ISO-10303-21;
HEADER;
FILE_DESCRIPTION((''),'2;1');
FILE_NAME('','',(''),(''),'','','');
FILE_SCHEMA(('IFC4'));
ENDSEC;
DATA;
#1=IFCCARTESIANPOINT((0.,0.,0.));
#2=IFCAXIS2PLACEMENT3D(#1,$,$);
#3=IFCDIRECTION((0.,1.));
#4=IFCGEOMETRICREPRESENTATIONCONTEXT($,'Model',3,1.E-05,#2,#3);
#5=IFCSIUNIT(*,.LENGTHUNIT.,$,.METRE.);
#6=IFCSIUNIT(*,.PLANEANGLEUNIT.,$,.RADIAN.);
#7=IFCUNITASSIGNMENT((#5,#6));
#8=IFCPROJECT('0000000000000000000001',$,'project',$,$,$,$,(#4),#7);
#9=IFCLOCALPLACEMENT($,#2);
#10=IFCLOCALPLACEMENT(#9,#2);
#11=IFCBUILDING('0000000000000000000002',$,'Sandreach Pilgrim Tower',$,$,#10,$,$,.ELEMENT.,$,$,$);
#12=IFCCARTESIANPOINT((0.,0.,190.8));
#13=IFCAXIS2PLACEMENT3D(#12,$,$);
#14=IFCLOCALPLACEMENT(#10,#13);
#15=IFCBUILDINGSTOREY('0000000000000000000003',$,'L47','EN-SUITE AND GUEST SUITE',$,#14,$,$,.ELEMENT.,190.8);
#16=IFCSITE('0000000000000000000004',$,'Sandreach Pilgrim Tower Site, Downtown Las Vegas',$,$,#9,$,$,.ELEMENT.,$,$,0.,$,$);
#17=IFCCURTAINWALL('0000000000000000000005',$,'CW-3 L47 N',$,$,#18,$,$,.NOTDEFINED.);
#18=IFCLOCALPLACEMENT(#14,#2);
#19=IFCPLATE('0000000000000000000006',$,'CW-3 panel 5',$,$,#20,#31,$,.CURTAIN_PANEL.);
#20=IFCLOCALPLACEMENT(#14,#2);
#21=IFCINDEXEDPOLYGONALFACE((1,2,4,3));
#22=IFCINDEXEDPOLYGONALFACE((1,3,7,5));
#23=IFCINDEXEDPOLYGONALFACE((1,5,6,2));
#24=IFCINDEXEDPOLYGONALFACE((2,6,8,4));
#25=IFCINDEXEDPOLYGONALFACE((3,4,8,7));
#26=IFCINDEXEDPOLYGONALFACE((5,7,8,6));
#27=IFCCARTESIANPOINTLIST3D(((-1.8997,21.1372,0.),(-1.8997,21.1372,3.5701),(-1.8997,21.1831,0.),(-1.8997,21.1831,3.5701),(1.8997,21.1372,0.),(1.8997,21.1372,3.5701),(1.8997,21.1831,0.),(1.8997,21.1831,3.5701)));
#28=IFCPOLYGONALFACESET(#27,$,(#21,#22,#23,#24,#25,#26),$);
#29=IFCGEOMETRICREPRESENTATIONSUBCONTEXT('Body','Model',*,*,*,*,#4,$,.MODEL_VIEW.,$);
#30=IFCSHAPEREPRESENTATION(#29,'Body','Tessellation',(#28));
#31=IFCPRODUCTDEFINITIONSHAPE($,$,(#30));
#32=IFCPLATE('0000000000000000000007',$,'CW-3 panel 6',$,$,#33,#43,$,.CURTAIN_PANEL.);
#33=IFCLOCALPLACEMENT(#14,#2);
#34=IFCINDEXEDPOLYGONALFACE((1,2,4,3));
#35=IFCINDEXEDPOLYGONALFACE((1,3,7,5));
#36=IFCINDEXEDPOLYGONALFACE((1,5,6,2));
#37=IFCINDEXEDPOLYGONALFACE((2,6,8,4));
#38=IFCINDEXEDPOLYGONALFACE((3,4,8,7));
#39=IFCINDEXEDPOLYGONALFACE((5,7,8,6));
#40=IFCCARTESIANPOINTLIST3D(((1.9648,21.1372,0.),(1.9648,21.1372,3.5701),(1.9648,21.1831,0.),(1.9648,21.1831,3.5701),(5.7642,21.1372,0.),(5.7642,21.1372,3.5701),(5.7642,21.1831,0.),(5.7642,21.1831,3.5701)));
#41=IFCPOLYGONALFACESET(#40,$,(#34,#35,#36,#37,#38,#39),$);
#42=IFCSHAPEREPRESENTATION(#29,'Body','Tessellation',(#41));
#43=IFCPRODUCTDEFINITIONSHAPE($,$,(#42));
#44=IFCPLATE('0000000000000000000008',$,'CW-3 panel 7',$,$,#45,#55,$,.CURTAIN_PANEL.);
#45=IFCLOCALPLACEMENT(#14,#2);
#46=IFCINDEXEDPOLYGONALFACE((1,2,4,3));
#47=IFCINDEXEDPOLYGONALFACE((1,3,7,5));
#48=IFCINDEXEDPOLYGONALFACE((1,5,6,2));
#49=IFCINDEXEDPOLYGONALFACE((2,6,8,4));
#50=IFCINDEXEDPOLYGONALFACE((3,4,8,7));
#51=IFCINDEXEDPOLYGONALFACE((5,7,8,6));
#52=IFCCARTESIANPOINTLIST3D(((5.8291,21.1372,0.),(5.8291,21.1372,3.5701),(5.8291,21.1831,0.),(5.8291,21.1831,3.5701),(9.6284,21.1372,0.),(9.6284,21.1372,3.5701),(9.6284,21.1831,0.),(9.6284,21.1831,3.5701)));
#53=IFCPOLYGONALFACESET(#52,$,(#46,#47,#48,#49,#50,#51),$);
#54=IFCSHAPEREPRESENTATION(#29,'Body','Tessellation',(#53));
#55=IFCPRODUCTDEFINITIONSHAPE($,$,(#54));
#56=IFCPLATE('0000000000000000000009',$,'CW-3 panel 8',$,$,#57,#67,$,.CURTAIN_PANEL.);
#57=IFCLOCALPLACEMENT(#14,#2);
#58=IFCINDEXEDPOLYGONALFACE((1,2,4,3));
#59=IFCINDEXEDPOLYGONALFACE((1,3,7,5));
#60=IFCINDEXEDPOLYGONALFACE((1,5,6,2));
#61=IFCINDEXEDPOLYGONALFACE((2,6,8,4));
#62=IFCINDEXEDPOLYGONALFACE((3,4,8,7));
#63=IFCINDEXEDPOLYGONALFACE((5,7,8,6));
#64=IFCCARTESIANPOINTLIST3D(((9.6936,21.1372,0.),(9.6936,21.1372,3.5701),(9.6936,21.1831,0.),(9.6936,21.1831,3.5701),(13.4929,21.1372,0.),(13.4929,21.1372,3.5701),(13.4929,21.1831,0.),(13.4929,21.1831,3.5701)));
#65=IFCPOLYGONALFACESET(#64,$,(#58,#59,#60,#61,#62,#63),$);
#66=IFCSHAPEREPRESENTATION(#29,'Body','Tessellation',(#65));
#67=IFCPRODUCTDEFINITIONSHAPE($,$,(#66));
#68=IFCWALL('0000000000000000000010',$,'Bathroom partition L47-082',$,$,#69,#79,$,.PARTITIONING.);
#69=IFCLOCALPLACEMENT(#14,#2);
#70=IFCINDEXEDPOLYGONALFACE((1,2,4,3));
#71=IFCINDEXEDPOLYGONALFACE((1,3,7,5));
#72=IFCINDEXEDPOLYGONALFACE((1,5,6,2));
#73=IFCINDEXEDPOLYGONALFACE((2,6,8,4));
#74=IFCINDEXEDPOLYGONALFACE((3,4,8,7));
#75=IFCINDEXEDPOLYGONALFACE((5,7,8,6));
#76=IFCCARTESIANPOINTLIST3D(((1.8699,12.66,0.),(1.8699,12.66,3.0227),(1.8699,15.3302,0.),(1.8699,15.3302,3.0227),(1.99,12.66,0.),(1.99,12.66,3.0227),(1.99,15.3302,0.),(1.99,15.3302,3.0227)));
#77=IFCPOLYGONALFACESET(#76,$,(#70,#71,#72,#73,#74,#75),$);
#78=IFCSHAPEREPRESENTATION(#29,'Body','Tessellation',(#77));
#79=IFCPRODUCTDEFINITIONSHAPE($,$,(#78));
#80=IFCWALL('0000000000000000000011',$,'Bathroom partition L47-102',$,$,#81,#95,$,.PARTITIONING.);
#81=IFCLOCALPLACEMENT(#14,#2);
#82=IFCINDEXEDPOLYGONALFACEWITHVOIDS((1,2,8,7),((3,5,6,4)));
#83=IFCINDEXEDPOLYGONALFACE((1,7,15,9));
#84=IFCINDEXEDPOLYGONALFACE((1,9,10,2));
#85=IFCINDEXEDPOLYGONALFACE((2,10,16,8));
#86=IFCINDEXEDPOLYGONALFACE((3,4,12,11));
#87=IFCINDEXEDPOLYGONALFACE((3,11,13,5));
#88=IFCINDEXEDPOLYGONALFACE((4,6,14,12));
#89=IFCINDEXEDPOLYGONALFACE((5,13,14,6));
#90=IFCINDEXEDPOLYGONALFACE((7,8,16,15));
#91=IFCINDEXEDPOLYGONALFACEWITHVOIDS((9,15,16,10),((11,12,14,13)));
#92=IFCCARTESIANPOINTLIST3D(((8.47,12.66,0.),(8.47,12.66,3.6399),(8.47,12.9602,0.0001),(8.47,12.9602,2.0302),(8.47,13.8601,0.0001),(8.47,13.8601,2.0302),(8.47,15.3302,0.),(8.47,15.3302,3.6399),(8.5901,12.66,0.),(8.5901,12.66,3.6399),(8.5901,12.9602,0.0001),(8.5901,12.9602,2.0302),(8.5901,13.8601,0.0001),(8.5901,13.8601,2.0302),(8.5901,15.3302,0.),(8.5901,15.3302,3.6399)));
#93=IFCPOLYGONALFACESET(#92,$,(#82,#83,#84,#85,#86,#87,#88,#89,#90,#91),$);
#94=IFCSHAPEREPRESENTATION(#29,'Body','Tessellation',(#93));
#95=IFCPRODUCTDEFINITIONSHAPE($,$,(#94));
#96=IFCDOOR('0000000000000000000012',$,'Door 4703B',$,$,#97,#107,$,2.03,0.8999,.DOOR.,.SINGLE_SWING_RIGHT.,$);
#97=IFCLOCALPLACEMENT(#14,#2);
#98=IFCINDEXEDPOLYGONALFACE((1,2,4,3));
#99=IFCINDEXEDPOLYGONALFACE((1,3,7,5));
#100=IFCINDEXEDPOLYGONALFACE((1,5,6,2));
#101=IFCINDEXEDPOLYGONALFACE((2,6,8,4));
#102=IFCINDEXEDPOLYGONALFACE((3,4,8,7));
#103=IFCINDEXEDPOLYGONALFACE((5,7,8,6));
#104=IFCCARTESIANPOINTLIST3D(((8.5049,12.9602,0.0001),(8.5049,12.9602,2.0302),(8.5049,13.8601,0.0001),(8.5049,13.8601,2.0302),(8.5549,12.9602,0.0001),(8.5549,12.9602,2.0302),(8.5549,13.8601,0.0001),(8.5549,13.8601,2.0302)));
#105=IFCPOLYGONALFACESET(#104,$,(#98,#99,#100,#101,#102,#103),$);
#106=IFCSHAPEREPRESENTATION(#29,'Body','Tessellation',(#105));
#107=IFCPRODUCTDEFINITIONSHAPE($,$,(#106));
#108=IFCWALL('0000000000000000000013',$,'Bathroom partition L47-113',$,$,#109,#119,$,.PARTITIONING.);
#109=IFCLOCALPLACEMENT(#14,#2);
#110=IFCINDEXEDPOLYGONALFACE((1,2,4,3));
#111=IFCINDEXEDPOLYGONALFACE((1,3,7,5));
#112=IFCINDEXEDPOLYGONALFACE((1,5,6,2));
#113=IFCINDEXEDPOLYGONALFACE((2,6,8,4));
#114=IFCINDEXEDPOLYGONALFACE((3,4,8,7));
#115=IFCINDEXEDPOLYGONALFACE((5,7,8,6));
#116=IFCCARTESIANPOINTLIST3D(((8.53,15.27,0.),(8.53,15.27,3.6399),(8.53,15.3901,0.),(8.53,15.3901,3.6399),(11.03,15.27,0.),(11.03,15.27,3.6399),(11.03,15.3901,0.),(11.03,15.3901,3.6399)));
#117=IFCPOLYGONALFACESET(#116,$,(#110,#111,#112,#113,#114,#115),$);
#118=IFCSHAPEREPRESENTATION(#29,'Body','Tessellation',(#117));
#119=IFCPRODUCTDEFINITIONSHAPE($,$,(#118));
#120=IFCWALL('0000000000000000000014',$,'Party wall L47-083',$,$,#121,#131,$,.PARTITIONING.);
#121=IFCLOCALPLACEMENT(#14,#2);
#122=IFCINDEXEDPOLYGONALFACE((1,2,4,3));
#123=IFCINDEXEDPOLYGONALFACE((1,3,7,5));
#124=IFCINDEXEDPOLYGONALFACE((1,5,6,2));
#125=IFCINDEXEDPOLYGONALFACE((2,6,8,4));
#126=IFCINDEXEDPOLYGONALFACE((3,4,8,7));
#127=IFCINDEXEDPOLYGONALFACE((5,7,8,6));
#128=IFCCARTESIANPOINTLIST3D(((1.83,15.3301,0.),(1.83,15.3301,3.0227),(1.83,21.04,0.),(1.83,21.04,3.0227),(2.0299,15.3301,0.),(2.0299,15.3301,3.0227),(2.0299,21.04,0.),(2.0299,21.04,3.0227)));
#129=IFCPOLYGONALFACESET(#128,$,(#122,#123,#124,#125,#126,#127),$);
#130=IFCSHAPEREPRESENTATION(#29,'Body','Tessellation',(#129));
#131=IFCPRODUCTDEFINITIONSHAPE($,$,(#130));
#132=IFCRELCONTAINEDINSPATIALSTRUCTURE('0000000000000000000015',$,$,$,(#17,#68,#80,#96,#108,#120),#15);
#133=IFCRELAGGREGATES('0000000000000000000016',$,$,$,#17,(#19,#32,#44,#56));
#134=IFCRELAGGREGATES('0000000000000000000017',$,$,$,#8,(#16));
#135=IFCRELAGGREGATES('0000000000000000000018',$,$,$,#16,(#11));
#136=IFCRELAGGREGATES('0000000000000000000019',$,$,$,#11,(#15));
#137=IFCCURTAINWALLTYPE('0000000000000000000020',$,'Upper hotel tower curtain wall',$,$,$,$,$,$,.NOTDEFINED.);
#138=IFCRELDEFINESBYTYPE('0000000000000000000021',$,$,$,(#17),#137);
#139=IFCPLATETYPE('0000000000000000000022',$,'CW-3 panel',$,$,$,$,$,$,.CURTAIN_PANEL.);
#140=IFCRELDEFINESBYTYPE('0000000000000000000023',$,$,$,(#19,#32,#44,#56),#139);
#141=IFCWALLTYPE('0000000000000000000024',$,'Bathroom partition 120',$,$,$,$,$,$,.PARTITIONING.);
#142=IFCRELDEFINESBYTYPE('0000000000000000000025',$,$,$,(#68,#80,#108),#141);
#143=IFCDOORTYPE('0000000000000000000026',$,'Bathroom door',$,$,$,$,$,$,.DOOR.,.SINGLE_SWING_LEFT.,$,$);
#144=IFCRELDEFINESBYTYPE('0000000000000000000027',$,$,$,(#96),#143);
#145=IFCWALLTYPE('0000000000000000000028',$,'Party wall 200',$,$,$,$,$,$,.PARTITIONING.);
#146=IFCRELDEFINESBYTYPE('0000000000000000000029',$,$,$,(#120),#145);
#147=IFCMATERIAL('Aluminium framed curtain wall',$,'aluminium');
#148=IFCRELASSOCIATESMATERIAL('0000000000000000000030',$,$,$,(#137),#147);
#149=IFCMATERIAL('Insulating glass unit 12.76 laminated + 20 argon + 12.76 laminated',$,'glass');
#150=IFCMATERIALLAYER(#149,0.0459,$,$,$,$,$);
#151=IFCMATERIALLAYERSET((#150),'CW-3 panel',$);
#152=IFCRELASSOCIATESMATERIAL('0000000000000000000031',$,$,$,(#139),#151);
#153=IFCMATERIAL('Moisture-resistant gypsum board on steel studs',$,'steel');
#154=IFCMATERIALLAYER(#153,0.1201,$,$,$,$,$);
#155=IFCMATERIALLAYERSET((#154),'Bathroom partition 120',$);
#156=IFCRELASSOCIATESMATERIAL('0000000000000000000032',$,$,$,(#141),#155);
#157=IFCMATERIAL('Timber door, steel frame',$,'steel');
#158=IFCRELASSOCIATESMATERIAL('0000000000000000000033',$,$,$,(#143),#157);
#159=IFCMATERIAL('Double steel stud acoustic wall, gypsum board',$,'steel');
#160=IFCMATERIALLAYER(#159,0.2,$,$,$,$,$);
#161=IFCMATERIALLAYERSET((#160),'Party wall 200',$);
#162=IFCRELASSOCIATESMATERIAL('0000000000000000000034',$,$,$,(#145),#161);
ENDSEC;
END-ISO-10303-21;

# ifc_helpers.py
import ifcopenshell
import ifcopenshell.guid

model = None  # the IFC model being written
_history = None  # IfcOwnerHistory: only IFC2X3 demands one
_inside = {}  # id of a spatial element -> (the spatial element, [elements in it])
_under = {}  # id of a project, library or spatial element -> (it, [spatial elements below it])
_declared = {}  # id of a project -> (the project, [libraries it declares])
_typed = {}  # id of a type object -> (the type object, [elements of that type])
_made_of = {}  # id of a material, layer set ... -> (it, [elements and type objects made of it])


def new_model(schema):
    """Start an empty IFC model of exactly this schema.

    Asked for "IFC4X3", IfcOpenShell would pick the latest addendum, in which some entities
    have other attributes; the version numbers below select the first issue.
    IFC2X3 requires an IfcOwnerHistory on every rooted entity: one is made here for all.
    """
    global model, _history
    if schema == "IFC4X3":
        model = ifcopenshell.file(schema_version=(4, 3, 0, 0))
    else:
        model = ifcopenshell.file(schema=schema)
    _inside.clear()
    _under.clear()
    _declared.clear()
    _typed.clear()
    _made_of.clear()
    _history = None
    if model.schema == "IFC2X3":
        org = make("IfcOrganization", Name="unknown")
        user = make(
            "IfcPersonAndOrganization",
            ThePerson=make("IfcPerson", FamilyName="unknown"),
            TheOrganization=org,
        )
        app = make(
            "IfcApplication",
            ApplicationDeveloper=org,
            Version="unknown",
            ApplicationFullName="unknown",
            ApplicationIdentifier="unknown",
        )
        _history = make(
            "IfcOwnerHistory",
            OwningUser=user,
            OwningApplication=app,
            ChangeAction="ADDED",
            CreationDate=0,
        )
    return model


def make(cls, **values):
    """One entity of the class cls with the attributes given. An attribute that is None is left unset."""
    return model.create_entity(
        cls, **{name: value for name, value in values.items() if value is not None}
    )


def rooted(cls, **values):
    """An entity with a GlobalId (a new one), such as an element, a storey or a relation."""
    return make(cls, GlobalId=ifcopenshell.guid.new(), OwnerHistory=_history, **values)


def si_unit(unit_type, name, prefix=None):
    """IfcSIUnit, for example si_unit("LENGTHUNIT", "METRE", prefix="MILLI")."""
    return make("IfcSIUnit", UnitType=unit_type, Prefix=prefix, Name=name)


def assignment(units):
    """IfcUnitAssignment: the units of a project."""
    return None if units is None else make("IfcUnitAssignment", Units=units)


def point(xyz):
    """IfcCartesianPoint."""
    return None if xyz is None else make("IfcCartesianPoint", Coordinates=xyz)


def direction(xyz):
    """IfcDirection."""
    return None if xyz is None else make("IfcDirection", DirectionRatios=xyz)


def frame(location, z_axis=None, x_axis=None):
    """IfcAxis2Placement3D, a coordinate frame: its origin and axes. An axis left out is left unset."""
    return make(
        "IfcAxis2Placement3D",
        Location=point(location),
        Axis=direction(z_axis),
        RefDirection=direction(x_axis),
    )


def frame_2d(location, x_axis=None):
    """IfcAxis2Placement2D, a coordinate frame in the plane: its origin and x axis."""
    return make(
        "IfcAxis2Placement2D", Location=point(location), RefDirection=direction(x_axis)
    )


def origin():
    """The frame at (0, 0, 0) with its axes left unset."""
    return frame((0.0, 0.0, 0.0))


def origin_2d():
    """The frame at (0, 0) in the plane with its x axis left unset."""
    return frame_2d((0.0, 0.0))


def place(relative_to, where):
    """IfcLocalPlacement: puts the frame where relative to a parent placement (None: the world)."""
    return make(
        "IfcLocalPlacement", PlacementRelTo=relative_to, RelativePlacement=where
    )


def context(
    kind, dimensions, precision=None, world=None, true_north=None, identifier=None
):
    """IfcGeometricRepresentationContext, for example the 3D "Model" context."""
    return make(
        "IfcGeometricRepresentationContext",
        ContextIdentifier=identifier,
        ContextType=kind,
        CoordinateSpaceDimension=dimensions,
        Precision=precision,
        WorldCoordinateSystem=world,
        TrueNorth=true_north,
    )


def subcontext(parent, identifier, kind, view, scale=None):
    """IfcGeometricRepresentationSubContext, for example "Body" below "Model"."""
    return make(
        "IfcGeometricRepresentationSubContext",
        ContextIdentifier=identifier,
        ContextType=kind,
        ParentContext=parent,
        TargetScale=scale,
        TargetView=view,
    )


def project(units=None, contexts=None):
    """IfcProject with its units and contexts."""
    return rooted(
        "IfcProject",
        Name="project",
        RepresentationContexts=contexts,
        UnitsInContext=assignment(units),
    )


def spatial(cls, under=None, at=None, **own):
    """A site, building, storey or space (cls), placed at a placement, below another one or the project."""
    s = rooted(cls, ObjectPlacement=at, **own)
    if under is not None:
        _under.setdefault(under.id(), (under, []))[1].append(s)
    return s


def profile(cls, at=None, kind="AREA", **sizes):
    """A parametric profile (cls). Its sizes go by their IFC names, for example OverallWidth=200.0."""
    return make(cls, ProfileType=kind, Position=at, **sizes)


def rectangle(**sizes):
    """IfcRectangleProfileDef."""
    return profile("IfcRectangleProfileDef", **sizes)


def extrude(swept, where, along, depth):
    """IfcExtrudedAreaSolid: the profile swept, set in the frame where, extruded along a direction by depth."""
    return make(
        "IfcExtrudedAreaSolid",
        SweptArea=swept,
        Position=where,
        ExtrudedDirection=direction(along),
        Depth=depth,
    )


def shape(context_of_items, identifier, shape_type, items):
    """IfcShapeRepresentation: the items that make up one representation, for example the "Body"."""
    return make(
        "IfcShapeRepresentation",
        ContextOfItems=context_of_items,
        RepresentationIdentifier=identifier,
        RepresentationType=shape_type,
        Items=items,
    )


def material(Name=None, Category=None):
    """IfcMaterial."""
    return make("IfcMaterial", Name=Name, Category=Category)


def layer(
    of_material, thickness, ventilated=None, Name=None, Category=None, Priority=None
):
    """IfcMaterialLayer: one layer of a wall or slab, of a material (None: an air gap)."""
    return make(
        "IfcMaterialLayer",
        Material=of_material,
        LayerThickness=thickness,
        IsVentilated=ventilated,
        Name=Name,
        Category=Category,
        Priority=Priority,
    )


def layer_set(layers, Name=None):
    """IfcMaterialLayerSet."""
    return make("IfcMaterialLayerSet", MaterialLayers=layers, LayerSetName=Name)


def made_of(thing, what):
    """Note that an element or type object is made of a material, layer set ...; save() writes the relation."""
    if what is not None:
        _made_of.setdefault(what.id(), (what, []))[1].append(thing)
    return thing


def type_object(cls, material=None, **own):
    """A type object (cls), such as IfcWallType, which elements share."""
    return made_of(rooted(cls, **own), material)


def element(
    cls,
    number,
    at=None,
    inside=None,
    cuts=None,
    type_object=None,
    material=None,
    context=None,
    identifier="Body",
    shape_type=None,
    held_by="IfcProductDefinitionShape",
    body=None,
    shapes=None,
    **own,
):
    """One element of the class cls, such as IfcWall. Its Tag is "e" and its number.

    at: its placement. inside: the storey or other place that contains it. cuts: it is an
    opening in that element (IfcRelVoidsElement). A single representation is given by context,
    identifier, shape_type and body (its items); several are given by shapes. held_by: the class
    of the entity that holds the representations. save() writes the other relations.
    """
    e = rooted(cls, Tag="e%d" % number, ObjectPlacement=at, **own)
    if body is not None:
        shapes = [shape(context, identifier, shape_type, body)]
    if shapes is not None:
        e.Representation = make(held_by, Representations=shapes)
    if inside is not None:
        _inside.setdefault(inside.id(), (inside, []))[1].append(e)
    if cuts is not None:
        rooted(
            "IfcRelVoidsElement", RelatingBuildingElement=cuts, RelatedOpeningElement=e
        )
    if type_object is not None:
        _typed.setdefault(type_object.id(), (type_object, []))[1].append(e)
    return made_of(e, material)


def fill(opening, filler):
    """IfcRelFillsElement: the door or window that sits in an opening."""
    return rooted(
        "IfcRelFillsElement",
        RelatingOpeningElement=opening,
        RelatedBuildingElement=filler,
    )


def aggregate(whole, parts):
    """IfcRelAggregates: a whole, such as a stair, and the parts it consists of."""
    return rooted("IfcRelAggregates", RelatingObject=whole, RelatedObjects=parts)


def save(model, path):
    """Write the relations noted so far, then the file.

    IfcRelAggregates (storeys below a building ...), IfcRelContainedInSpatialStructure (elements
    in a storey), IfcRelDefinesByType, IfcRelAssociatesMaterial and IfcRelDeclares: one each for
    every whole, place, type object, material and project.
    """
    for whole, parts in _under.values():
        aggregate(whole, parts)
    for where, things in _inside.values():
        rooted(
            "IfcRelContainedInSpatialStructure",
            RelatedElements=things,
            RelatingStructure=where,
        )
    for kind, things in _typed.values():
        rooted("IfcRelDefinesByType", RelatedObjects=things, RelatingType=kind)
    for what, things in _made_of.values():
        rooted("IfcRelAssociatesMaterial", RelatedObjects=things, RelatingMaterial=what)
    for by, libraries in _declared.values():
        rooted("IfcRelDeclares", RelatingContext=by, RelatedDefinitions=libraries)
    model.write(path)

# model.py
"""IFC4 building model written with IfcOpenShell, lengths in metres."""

from ifc_helpers import new_model, si_unit, direction, frame, frame_2d, origin, origin_2d, place, context, subcontext, project, spatial, rectangle, extrude, material, layer, layer_set, type_object, element, fill, aggregate, save


model = new_model("IFC4")

# Units and contexts
model_context = context("Model", 3, precision=1e-05, world=origin(), true_north=direction((0.0, 1.0)))
body_context = subcontext(model_context, "Body", "Model", "MODEL_VIEW")
ifc_project = project(units=[si_unit("LENGTHUNIT", "METRE"), si_unit("PLANEANGLEUNIT", "RADIAN")], contexts=[model_context])

# Site, building, storey
site_placement = place(None, origin())
site = spatial("IfcSite", under=ifc_project, at=site_placement, Name="Sandreach Pilgrim Tower Site, Downtown Las Vegas", CompositionType="ELEMENT", RefElevation=0.0)
building_placement = place(site_placement, origin())
building = spatial("IfcBuilding", under=site, at=building_placement, Name="Sandreach Pilgrim Tower", CompositionType="ELEMENT")
storey_placement = place(building_placement, frame((0.0, 0.0, 190.8)))
storey = spatial("IfcBuildingStorey", under=building, at=storey_placement, Name="L47", Description="EN-SUITE AND GUEST SUITE", CompositionType="ELEMENT", Elevation=190.8)

# Curtain wall
ifc_material_1 = material(Name="Aluminium framed curtain wall", Category="aluminium")
curtain_wall_type = type_object("IfcCurtainWallType", Name="Upper hotel tower curtain wall", PredefinedType="NOTDEFINED", material=ifc_material_1)
curtain_wall_placement = place(storey_placement, origin())
curtain_wall = element("IfcCurtainWall", 1, at=curtain_wall_placement, inside=storey, type_object=curtain_wall_type, Name="CW-3 L47 N", PredefinedType="NOTDEFINED")

# Plates
ifc_material_2 = material(Name="Insulating glass unit 12.76 laminated + 20 argon + 12.76 laminated", Category="glass")
ifc_layer_1 = layer(ifc_material_2, 0.0459)
ifc_layer_set_1 = layer_set([ifc_layer_1], Name="CW-3 panel")
plate_type = type_object("IfcPlateType", Name="CW-3 panel", PredefinedType="CURTAIN_PANEL", material=ifc_layer_set_1)
plate_1_placement = place(storey_placement, frame((0.0, 21.1602, 0.0), z_axis=(0.0, 0.0, 1.0), x_axis=(1.0, 0.0, 0.0)))
plate_1 = element("IfcPlate", 2, at=plate_1_placement, type_object=plate_type, Name="CW-3 panel 5", PredefinedType="CURTAIN_PANEL", context=body_context, shape_type="SweptSolid", body=[
    extrude(rectangle(XDim=3.7993, YDim=0.0459, at=origin_2d()), origin(), (0.0, 0.0, 1.0), 3.5701),
])
plate_2_placement = place(storey_placement, frame((3.8645, 21.1602, 0.0), z_axis=(0.0, 0.0, 1.0), x_axis=(1.0, 0.0, 0.0)))
plate_2 = element("IfcPlate", 3, at=plate_2_placement, type_object=plate_type, Name="CW-3 panel 6", PredefinedType="CURTAIN_PANEL", context=body_context, shape_type="SweptSolid", body=[
    extrude(rectangle(XDim=3.7993, YDim=0.0459, at=origin_2d()), origin(), (0.0, 0.0, 1.0), 3.5701),
])
plate_3_placement = place(storey_placement, frame((7.7288, 21.1602, 0.0), z_axis=(0.0, 0.0, 1.0), x_axis=(1.0, 0.0, 0.0)))
plate_3 = element("IfcPlate", 4, at=plate_3_placement, type_object=plate_type, Name="CW-3 panel 7", PredefinedType="CURTAIN_PANEL", context=body_context, shape_type="SweptSolid", body=[
    extrude(rectangle(XDim=3.7993, YDim=0.0459, at=origin_2d()), origin(), (0.0, 0.0, 1.0), 3.5701),
])
plate_4_placement = place(storey_placement, frame((11.5933, 21.1602, 0.0), z_axis=(0.0, 0.0, 1.0), x_axis=(1.0, 0.0, 0.0)))
plate_4 = element("IfcPlate", 5, at=plate_4_placement, type_object=plate_type, Name="CW-3 panel 8", PredefinedType="CURTAIN_PANEL", context=body_context, shape_type="SweptSolid", body=[
    extrude(rectangle(XDim=3.7993, YDim=0.0459, at=origin_2d()), origin(), (0.0, 0.0, 1.0), 3.5701),
])
aggregate(curtain_wall, [plate_1, plate_2, plate_3, plate_4])

# Wall
ifc_material_3 = material(Name="Moisture-resistant gypsum board on steel studs", Category="steel")
ifc_layer_2 = layer(ifc_material_3, 0.1201)
ifc_layer_set_2 = layer_set([ifc_layer_2], Name="Bathroom partition 120")
wall_type_1 = type_object("IfcWallType", Name="Bathroom partition 120", PredefinedType="PARTITIONING", material=ifc_layer_set_2)
wall_1_placement = place(storey_placement, frame((1.9299, 15.3301, 0.0), z_axis=(0.0, 0.0, 1.0), x_axis=(0.0, -1.0, 0.0)))
element("IfcWall", 6, at=wall_1_placement, inside=storey, type_object=wall_type_1, Name="Bathroom partition L47-082", PredefinedType="PARTITIONING", context=body_context, shape_type="SweptSolid", body=[
    extrude(rectangle(XDim=2.6702, YDim=0.1201, at=frame_2d((1.335, 0.0))), origin(), (0.0, 0.0, 1.0), 3.0227),
])

# Wall, opening, door
wall_2_placement = place(storey_placement, frame((8.53, 15.3301, 0.0), z_axis=(0.0, 0.0, 1.0), x_axis=(0.0, -1.0, 0.0)))
wall_2 = element("IfcWall", 7, at=wall_2_placement, inside=storey, type_object=wall_type_1, Name="Bathroom partition L47-102", PredefinedType="PARTITIONING", context=body_context, shape_type="SweptSolid", body=[
    extrude(rectangle(XDim=2.6702, YDim=0.1201, at=frame_2d((1.335, 0.0))), origin(), (0.0, 0.0, 1.0), 3.6399),
])
opening_placement = place(wall_2_placement, frame((1.47, 0.0, 0.0)))
opening = element("IfcOpeningElement", 8, at=opening_placement, cuts=wall_2, PredefinedType="OPENING", context=body_context, shape_type="SweptSolid", body=[
    extrude(rectangle(XDim=0.8999, YDim=2.03, at=frame_2d((0.45, 1.0151))), frame((0.0, 0.0601, 0.0), z_axis=(0.0, -1.0, 0.0), x_axis=(1.0, 0.0, 0.0)), (0.0, 0.0, 1.0), 0.1201),
])
ifc_material_4 = material(Name="Timber door, steel frame", Category="steel")
door_type = type_object("IfcDoorType", Name="Bathroom door", OperationType="SINGLE_SWING_LEFT", PredefinedType="DOOR", material=ifc_material_4)
door_placement = place(opening_placement, origin())
door = element("IfcDoor", 9, at=door_placement, inside=storey, type_object=door_type, Name="Door 4703B", OperationType="SINGLE_SWING_RIGHT", OverallHeight=2.03, OverallWidth=0.8999, PredefinedType="DOOR", context=body_context, shape_type="SweptSolid", body=[
    extrude(rectangle(XDim=0.8999, YDim=2.03, at=frame_2d((0.45, 1.0151))), frame((0.0, 0.0249, 0.0), z_axis=(0.0, -1.0, 0.0), x_axis=(1.0, 0.0, 0.0)), (0.0, 0.0, 1.0), 0.05),
])
fill(opening, door)

# Walls
wall_3_placement = place(storey_placement, frame((11.03, 15.3301, 0.0), z_axis=(0.0, 0.0, 1.0), x_axis=(-1.0, 0.0, 0.0)))
element("IfcWall", 10, at=wall_3_placement, inside=storey, type_object=wall_type_1, Name="Bathroom partition L47-113", PredefinedType="PARTITIONING", context=body_context, shape_type="SweptSolid", body=[
    extrude(rectangle(XDim=2.5, YDim=0.1201, at=frame_2d((1.25, 0.0))), origin(), (0.0, 0.0, 1.0), 3.6399),
])
ifc_material_5 = material(Name="Double steel stud acoustic wall, gypsum board", Category="steel")
ifc_layer_3 = layer(ifc_material_5, 0.2)
ifc_layer_set_3 = layer_set([ifc_layer_3], Name="Party wall 200")
wall_type_2 = type_object("IfcWallType", Name="Party wall 200", PredefinedType="PARTITIONING", material=ifc_layer_set_3)
wall_4_placement = place(storey_placement, frame((1.9299, 21.04, 0.0), z_axis=(0.0, 0.0, 1.0), x_axis=(0.0, -1.0, 0.0)))
element("IfcWall", 11, at=wall_4_placement, inside=storey, type_object=wall_type_2, Name="Party wall L47-083", PredefinedType="PARTITIONING", context=body_context, shape_type="SweptSolid", body=[
    extrude(rectangle(XDim=5.71, YDim=0.2, at=frame_2d((2.855, 0.0))), origin(), (0.0, 0.0, 1.0), 3.0227),
])

save(model, "model.ifc")
